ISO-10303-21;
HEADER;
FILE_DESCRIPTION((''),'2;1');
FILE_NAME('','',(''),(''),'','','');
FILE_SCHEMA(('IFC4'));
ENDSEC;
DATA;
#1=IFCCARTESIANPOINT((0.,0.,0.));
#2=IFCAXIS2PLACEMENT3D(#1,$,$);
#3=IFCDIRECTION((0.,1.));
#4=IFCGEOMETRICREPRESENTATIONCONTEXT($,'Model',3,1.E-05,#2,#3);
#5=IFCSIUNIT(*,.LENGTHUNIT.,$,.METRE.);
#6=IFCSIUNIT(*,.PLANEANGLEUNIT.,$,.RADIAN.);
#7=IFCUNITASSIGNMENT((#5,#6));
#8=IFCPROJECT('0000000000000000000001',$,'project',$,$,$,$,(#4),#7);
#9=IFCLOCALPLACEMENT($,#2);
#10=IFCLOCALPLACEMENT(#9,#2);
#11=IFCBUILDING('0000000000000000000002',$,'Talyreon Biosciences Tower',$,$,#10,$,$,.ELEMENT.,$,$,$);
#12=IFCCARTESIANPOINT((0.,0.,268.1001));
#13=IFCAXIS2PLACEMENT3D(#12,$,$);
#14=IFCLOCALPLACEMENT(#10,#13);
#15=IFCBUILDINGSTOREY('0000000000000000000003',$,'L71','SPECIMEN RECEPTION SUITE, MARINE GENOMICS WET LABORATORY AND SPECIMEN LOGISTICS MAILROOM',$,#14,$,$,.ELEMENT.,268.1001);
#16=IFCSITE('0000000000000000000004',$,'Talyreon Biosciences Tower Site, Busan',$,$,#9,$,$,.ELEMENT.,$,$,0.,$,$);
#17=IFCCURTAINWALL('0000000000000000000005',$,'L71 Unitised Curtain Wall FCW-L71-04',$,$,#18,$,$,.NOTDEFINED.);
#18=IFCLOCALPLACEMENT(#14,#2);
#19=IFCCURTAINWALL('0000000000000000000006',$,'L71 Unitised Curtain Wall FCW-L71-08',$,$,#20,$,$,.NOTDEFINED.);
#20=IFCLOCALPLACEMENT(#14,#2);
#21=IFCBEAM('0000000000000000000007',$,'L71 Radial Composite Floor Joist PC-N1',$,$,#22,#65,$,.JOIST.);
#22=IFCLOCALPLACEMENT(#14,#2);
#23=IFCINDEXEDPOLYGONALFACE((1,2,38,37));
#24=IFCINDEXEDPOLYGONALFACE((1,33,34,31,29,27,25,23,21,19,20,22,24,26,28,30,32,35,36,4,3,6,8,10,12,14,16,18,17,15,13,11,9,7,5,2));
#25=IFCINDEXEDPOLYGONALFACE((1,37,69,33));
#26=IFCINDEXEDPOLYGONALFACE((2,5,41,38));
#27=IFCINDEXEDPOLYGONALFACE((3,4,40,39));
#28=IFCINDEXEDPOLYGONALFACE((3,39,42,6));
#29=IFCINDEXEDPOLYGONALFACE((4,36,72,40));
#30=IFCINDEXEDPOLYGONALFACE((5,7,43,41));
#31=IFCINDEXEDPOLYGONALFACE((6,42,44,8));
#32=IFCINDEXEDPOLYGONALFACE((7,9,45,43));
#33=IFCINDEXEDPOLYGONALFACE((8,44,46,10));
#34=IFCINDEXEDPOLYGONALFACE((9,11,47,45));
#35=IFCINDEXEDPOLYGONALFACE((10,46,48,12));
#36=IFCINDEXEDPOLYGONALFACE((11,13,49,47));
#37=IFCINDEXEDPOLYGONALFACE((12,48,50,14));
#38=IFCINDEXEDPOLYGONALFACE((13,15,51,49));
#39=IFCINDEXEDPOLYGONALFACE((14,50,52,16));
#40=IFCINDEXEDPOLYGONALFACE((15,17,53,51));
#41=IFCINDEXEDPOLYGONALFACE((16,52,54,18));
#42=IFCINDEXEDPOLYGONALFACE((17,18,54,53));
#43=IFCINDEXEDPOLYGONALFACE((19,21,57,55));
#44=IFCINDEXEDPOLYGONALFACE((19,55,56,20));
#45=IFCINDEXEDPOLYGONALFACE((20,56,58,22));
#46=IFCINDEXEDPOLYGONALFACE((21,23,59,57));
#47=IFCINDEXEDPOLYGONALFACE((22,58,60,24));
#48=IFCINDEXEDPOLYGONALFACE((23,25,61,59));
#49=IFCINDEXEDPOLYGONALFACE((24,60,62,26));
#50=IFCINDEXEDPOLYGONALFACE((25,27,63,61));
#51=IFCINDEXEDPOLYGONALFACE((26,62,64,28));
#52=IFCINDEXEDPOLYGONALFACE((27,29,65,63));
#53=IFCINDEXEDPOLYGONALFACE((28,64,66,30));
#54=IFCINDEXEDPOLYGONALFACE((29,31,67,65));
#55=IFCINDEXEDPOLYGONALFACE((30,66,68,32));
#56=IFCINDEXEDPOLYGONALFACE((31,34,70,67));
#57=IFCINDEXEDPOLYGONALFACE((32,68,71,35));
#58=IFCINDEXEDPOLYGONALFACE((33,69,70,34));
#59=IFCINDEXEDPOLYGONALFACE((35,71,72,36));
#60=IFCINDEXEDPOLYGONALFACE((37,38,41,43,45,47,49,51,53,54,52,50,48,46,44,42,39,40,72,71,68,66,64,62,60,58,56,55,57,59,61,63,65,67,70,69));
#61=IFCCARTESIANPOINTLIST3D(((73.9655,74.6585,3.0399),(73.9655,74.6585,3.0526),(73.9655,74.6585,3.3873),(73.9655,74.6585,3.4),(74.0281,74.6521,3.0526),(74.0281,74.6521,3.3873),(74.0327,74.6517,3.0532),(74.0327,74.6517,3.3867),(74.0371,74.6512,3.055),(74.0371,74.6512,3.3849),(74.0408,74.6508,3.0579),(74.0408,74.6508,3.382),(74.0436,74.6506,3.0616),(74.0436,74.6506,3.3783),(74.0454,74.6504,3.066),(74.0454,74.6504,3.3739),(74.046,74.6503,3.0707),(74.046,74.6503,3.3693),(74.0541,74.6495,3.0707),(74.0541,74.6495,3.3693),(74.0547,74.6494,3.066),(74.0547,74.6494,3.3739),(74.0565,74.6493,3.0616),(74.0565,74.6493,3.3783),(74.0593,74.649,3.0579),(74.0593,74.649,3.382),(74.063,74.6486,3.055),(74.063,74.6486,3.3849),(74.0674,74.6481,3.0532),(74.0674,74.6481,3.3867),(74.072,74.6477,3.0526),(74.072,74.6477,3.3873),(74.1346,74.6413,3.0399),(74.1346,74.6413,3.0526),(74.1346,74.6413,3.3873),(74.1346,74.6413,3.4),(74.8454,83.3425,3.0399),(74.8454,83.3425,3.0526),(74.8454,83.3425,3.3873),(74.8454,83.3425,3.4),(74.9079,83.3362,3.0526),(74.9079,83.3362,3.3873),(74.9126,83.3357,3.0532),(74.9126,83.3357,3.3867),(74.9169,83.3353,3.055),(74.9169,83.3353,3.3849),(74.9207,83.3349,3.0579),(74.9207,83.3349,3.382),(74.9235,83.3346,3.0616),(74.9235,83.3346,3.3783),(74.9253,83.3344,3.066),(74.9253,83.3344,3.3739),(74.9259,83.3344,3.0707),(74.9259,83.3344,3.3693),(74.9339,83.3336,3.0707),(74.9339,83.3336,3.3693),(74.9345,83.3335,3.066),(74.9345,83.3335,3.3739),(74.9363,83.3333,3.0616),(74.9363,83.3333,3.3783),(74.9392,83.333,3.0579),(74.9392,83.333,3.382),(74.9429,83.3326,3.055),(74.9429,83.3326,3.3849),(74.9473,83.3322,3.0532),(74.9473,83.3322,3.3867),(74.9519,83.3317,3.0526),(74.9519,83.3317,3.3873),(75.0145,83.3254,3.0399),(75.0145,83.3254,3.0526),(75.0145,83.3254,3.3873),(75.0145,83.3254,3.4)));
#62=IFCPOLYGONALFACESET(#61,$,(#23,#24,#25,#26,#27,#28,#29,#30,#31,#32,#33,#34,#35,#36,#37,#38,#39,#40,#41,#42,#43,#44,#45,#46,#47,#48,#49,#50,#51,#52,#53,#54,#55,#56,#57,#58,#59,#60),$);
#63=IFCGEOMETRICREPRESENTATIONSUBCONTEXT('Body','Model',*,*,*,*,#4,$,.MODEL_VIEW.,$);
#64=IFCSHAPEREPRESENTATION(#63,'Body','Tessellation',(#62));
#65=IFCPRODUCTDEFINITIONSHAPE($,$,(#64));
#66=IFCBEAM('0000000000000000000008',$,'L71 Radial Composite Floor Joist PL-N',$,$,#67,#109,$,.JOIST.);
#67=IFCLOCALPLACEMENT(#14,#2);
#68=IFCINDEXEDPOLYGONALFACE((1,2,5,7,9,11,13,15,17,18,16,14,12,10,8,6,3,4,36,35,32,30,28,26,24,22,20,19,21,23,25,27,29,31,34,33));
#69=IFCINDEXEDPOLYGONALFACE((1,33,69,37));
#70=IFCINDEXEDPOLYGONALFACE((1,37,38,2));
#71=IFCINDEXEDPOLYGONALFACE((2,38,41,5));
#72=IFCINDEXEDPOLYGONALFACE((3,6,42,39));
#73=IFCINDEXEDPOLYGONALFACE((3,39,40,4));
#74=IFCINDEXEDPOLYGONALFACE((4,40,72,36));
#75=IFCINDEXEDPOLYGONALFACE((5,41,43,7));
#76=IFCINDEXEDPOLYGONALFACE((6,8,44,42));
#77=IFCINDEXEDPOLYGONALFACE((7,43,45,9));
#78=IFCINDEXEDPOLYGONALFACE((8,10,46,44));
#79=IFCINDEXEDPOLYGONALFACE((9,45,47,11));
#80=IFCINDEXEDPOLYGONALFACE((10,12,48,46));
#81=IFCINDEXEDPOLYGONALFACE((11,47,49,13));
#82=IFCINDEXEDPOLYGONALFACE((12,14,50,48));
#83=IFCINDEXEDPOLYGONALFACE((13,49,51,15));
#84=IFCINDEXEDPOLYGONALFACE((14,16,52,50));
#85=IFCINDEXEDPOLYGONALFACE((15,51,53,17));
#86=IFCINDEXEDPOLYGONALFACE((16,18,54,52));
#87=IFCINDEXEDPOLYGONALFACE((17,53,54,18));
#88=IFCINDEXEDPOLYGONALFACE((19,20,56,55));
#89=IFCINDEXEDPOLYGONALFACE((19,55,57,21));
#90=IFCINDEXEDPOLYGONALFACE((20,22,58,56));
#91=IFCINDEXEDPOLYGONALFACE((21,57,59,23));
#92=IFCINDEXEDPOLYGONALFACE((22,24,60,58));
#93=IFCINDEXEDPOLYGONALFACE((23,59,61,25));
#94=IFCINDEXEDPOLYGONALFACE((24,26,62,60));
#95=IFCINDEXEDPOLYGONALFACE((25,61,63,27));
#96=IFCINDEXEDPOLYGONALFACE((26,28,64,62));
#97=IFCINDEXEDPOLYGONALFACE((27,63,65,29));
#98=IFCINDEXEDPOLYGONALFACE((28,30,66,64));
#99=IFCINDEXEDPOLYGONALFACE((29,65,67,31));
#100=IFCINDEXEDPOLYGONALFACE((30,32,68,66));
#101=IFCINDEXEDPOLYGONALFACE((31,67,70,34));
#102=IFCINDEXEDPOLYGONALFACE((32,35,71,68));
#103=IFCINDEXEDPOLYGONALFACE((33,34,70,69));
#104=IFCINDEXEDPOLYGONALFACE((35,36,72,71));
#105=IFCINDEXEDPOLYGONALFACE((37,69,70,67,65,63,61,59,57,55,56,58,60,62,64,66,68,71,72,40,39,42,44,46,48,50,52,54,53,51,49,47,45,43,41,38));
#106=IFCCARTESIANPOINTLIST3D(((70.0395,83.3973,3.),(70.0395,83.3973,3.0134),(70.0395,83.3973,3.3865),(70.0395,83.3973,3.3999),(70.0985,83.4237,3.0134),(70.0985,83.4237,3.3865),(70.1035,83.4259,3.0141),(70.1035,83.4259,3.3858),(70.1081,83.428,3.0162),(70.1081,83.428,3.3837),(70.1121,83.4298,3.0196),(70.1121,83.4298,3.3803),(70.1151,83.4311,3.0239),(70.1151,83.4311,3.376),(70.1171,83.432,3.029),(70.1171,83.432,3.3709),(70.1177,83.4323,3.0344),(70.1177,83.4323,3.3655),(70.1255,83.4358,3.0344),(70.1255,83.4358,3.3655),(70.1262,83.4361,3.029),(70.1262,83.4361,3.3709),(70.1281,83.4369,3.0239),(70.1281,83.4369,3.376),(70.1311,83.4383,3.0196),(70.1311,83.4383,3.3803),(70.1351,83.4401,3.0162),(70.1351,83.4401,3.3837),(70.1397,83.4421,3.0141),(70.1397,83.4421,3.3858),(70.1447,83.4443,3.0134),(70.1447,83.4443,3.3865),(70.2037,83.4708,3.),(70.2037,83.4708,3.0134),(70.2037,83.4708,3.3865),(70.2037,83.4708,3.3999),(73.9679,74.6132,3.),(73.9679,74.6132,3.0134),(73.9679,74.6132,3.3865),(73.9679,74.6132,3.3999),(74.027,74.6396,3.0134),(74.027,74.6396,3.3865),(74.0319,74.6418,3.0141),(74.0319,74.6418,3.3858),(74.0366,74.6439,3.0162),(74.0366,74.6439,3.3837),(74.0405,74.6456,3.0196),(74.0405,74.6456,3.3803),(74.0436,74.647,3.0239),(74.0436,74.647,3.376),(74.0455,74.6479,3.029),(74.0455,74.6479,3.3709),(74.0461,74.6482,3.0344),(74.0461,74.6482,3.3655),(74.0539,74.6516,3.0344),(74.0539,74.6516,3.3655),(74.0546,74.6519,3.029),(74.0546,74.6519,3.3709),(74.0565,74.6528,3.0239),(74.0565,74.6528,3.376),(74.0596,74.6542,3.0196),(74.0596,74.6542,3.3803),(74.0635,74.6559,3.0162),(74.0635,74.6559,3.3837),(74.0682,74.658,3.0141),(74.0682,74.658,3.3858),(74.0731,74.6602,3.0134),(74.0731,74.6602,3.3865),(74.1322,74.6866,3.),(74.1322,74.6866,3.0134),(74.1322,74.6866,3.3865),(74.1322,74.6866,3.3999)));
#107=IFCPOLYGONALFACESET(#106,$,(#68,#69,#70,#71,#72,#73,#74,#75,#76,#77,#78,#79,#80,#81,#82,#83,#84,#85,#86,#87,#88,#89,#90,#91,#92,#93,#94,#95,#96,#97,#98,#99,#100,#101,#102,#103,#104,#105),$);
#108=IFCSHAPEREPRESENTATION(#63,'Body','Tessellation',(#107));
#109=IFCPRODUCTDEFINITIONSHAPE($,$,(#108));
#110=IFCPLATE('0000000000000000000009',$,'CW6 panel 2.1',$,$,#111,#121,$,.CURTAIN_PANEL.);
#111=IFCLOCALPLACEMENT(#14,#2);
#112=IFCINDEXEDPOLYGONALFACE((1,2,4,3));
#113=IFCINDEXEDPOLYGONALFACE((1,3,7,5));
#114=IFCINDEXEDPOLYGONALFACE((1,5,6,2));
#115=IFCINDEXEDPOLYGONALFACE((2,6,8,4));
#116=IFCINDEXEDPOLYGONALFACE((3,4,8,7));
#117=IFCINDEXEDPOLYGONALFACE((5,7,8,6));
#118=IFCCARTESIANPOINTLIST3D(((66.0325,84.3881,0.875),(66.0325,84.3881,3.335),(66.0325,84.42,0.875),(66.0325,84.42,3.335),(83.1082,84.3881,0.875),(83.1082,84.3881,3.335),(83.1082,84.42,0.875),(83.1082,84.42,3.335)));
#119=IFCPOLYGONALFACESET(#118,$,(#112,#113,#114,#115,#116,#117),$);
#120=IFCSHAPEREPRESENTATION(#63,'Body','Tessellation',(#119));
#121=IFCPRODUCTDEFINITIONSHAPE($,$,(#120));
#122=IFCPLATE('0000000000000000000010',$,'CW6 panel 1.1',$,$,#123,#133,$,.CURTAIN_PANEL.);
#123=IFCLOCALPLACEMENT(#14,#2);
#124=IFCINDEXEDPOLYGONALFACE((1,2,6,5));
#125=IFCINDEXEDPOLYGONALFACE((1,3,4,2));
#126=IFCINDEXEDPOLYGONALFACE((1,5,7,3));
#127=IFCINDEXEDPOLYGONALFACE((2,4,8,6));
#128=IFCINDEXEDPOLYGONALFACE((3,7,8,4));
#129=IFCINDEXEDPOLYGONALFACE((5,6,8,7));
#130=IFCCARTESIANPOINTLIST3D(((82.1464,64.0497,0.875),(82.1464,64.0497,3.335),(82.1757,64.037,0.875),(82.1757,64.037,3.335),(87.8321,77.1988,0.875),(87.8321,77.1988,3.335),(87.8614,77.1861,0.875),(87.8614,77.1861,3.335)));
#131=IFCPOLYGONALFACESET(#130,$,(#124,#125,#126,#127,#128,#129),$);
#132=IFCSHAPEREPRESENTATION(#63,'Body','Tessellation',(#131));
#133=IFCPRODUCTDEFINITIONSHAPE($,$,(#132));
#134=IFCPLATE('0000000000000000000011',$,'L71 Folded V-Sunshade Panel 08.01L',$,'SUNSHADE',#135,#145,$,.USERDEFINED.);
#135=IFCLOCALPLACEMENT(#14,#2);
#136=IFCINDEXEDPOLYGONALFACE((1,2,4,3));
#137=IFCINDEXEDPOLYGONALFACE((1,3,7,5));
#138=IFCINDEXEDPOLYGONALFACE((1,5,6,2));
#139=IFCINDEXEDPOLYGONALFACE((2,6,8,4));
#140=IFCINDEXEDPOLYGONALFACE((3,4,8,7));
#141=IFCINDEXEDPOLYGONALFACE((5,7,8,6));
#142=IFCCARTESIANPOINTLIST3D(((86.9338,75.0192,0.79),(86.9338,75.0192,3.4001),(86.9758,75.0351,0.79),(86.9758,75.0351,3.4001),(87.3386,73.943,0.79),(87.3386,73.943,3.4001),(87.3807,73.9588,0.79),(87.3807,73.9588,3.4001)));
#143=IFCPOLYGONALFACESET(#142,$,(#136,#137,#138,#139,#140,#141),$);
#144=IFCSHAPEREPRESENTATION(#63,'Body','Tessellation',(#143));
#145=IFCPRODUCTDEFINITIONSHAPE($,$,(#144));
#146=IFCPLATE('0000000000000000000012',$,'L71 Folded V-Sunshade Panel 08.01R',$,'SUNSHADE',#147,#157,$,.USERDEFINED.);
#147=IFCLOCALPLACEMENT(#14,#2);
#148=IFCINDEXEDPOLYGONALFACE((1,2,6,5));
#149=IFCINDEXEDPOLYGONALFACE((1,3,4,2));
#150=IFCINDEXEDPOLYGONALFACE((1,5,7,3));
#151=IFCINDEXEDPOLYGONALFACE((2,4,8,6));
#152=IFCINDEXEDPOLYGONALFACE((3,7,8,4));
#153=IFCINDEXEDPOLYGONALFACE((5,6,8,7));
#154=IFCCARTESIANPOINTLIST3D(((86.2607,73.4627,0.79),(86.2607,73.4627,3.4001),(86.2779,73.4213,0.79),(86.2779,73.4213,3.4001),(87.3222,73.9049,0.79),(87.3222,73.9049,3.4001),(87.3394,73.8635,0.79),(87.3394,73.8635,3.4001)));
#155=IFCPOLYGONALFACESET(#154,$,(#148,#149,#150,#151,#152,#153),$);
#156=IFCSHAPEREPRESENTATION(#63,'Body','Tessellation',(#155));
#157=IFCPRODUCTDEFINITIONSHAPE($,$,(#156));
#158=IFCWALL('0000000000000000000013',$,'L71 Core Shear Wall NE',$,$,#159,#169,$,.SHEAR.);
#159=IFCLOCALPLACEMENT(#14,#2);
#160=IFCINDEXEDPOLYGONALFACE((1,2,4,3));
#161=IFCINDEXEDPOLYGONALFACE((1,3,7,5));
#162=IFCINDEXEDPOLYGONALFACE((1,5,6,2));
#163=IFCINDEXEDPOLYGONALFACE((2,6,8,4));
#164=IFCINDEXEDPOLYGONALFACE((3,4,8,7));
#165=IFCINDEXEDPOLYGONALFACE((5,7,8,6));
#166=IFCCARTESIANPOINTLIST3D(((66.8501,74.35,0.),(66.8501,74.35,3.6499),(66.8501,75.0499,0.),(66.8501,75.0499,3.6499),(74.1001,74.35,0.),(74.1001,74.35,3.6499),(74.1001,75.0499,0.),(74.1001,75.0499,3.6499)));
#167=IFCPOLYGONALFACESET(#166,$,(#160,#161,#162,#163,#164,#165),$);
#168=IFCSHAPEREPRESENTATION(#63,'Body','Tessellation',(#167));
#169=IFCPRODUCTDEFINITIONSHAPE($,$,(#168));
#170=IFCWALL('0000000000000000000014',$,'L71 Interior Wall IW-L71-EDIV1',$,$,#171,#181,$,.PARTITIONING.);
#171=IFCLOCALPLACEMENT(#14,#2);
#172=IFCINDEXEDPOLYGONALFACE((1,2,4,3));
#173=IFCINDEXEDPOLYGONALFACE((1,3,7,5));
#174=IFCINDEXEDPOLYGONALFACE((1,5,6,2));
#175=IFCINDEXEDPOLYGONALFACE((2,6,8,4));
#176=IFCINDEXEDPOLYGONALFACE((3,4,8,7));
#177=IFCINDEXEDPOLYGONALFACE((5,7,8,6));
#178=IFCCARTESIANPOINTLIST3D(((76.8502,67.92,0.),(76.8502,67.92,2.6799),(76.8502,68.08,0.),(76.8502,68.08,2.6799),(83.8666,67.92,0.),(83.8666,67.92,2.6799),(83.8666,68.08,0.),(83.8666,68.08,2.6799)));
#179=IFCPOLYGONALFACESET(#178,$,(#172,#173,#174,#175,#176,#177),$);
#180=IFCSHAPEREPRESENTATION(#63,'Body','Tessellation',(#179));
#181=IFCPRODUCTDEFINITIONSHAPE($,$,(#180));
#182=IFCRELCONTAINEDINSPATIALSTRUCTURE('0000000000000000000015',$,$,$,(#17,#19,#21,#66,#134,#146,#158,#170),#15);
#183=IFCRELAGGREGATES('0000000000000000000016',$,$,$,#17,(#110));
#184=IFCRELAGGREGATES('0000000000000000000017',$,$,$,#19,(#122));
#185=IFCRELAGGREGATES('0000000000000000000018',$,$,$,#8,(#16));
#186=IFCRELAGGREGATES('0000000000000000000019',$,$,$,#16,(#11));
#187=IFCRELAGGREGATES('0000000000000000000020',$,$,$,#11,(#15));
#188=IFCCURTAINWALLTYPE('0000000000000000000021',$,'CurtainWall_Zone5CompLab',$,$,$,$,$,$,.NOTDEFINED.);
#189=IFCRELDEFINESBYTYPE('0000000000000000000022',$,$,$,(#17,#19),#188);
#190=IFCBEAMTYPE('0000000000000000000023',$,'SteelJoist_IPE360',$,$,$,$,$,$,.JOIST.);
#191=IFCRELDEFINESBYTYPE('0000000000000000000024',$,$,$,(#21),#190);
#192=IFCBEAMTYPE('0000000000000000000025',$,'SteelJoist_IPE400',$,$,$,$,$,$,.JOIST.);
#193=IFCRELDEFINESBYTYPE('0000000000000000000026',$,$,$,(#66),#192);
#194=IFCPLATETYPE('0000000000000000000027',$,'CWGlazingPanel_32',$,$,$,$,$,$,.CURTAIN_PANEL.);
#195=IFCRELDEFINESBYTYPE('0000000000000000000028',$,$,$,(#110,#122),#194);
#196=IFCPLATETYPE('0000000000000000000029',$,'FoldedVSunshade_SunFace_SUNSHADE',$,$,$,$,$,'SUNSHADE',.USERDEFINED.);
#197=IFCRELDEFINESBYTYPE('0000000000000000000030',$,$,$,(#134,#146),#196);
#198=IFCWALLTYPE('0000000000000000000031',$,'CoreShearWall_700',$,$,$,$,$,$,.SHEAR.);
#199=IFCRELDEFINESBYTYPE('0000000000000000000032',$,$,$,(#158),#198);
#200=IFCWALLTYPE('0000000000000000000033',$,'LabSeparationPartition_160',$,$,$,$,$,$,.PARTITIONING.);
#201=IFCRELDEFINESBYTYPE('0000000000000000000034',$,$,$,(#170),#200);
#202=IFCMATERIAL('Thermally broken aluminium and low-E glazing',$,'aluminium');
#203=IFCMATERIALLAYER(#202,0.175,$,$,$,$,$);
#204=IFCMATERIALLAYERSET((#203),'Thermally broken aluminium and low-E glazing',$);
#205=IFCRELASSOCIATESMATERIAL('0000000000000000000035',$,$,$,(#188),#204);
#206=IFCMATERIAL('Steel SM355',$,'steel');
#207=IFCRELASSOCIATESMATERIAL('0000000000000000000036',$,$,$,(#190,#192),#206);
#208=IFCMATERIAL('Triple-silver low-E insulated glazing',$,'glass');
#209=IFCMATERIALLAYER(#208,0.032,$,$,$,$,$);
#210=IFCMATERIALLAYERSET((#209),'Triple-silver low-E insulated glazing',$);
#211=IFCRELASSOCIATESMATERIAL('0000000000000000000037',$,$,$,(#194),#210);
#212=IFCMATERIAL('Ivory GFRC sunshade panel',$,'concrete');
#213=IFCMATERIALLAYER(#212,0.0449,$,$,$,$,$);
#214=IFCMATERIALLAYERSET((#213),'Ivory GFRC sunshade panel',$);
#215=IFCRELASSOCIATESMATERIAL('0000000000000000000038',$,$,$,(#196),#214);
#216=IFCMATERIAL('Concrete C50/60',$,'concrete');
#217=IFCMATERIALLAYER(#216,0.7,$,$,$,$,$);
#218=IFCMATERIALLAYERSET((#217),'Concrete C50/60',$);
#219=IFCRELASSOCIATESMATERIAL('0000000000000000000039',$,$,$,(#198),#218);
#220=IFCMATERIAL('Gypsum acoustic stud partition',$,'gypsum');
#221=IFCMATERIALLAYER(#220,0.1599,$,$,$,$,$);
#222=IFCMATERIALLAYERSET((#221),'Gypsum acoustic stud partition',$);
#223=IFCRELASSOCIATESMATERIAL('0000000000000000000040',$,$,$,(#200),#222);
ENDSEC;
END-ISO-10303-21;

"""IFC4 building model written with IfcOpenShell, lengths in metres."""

from ifc_helpers import new_model, si_unit, direction, frame, frame_2d, origin, origin_2d, place, context, subcontext, project, spatial, rectangle, i_section, extrude, material, layer, layer_set, material_profile, profile_set, type_object, element, aggregate, save


model = new_model("IFC4")

# Units and contexts
model_context = context("Model", 3, precision=1e-05, world=origin(), true_north=direction((0.0, 1.0)))
body_context = subcontext(model_context, "Body", "Model", "MODEL_VIEW")
ifc_project = project(units=[si_unit("LENGTHUNIT", "METRE"), si_unit("PLANEANGLEUNIT", "RADIAN")], contexts=[model_context])

# Site, building, storey
site_placement = place(None, origin())
site = spatial("IfcSite", under=ifc_project, at=site_placement, Name="Talyreon Biosciences Tower Site, Busan", CompositionType="ELEMENT", RefElevation=0.0)
building_placement = place(site_placement, origin())
building = spatial("IfcBuilding", under=site, at=building_placement, Name="Talyreon Biosciences Tower", CompositionType="ELEMENT")
storey_placement = place(building_placement, frame((0.0, 0.0, 268.1001)))
storey = spatial("IfcBuildingStorey", under=building, at=storey_placement, Name="L71", Description="SPECIMEN RECEPTION SUITE, MARINE GENOMICS WET LABORATORY AND SPECIMEN LOGISTICS MAILROOM", CompositionType="ELEMENT", Elevation=268.1001)

# Shared definitions
ifc_material_1 = material(Name="Concrete C50/60", Category="concrete")

# Curtain wall
ifc_material_2 = material(Name="Thermally broken aluminium and low-E glazing", Category="aluminium")
ifc_layer_1 = layer(ifc_material_2, 0.175)
ifc_layer_set_1 = layer_set([ifc_layer_1], Name="Thermally broken aluminium and low-E glazing")
curtain_wall_type = type_object("IfcCurtainWallType", Name="CurtainWall_Zone5CompLab", PredefinedType="NOTDEFINED", material=ifc_layer_set_1)
curtain_wall_1_placement = place(storey_placement, origin())
curtain_wall_1 = element("IfcCurtainWall", 1, at=curtain_wall_1_placement, inside=storey, type_object=curtain_wall_type, Name="L71 Unitised Curtain Wall FCW-L71-04", PredefinedType="NOTDEFINED")

# Curtain wall
curtain_wall_2_placement = place(storey_placement, origin())
curtain_wall_2 = element("IfcCurtainWall", 2, at=curtain_wall_2_placement, inside=storey, type_object=curtain_wall_type, Name="L71 Unitised Curtain Wall FCW-L71-08", PredefinedType="NOTDEFINED")

# Beams
ifc_material_3 = material(Name="Steel SM355", Category="steel")
ifc_material_profile_1 = material_profile(ifc_material_3, i_section(OverallWidth=0.1699, OverallDepth=0.3601, WebThickness=0.0081, FlangeThickness=0.0127, FilletRadius=0.0181, at=origin_2d()), Name="IPE360")
ifc_profile_set_1 = profile_set([ifc_material_profile_1], Name="Steel SM355")
beam_type_1 = type_object("IfcBeamType", Name="SteelJoist_IPE360", PredefinedType="JOIST", material=ifc_profile_set_1)
beam_1_placement = place(storey_placement, frame((74.05, 74.6499, 3.22), z_axis=(0.100805, 0.994906, 0.0), x_axis=(-0.994906, 0.100805, 0.0)))
element("IfcBeam", 3, at=beam_1_placement, inside=storey, type_object=beam_type_1, Name="L71 Radial Composite Floor Joist PC-N1", PredefinedType="JOIST", context=body_context, shape_type="SweptSolid", body=[
    extrude(i_section(OverallWidth=0.1699, OverallDepth=0.3601, WebThickness=0.0081, FlangeThickness=0.0127, FilletRadius=0.0181, at=origin_2d()), origin(), (0.0, 0.0, 1.0), 8.7285),
])
ifc_material_profile_2 = material_profile(ifc_material_3, i_section(OverallWidth=0.1799, OverallDepth=0.3999, WebThickness=0.0085, FlangeThickness=0.0134, FilletRadius=0.021, at=origin_2d()), Name="IPE400")
ifc_profile_set_2 = profile_set([ifc_material_profile_2], Name="Steel SM355")
beam_type_2 = type_object("IfcBeamType", Name="SteelJoist_IPE400", PredefinedType="JOIST", material=ifc_profile_set_2)
beam_2_placement = place(storey_placement, frame((74.05, 74.6499, 3.2), z_axis=(-0.408254, 0.912869, 0.0), x_axis=(-0.912869, -0.408254, 0.0)))
element("IfcBeam", 4, at=beam_2_placement, inside=storey, type_object=beam_type_2, Name="L71 Radial Composite Floor Joist PL-N", PredefinedType="JOIST", context=body_context, shape_type="SweptSolid", body=[
    extrude(i_section(OverallWidth=0.1799, OverallDepth=0.3999, WebThickness=0.0085, FlangeThickness=0.0134, FilletRadius=0.021, at=origin_2d()), origin(), (0.0, 0.0, 1.0), 9.6226),
])

# Plates
ifc_material_4 = material(Name="Triple-silver low-E insulated glazing", Category="glass")
ifc_layer_2 = layer(ifc_material_4, 0.032)
ifc_layer_set_2 = layer_set([ifc_layer_2], Name="Triple-silver low-E insulated glazing")
plate_type_1 = type_object("IfcPlateType", Name="CWGlazingPanel_32", PredefinedType="CURTAIN_PANEL", material=ifc_layer_set_2)
plate_1_placement = place(storey_placement, frame((74.5703, 84.4041, 0.875), z_axis=(0.0, 0.0, 1.0), x_axis=(1.0, 0.0, 0.0)))
plate_1 = element("IfcPlate", 5, at=plate_1_placement, type_object=plate_type_1, Name="CW6 panel 2.1", PredefinedType="CURTAIN_PANEL", context=body_context, shape_type="SweptSolid", body=[
    extrude(rectangle(XDim=17.0757, YDim=0.032, at=origin_2d()), origin(), (0.0, 0.0, 1.0), 2.46),
])
aggregate(curtain_wall_1, [plate_1])
plate_2_placement = place(storey_placement, frame((85.0039, 70.6179, 0.875), z_axis=(0.0, 0.0, 1.0), x_axis=(-0.396887, -0.917868, 0.0)))
plate_2 = element("IfcPlate", 6, at=plate_2_placement, type_object=plate_type_1, Name="CW6 panel 1.1", PredefinedType="CURTAIN_PANEL", context=body_context, shape_type="SweptSolid", body=[
    extrude(rectangle(XDim=14.3257, YDim=0.032, at=origin_2d()), origin(), (0.0, 0.0, 1.0), 2.46),
])
aggregate(curtain_wall_2, [plate_2])

# Plates
ifc_material_5 = material(Name="Ivory GFRC sunshade panel", Category="concrete")
ifc_layer_3 = layer(ifc_material_5, 0.0449)
ifc_layer_set_3 = layer_set([ifc_layer_3], Name="Ivory GFRC sunshade panel")
plate_type_2 = type_object("IfcPlateType", Name="FoldedVSunshade_SunFace_SUNSHADE", ElementType="SUNSHADE", PredefinedType="USERDEFINED", material=ifc_layer_set_3)
for number, where, z_axis, x_axis, name in (
    (7, (87.1572, 74.489, 0.79), (0.0, 0.0, 1.0), (0.352103, -0.935961, 0.0), "L71 Folded V-Sunshade Panel 08.01L"),
    (8, (86.8, 73.6631, 0.79), (0.0, 0.0, 1.0), (-0.923103, -0.384553, 0.0), "L71 Folded V-Sunshade Panel 08.01R"),
):
    element("IfcPlate", number, at=place(storey_placement, frame(where, z_axis=z_axis, x_axis=x_axis)), inside=storey, type_object=plate_type_2, Name=name, ObjectType="SUNSHADE", PredefinedType="USERDEFINED", context=body_context, shape_type="SweptSolid", body=[
        extrude(rectangle(XDim=1.1499, YDim=0.0449, at=origin_2d()), origin(), (0.0, 0.0, 1.0), 2.6101),
    ])

# Walls
ifc_layer_4 = layer(ifc_material_1, 0.7)
ifc_layer_set_4 = layer_set([ifc_layer_4], Name="Concrete C50/60")
wall_type_1 = type_object("IfcWallType", Name="CoreShearWall_700", PredefinedType="SHEAR", material=ifc_layer_set_4)
wall_1_placement = place(storey_placement, frame((74.1001, 74.7, 0.0), z_axis=(0.0, 0.0, 1.0), x_axis=(-1.0, 0.0, 0.0)))
element("IfcWall", 9, at=wall_1_placement, inside=storey, type_object=wall_type_1, Name="L71 Core Shear Wall NE", PredefinedType="SHEAR", context=body_context, shape_type="SweptSolid", body=[
    extrude(rectangle(XDim=7.25, YDim=0.7, at=frame_2d((3.625, 0.0))), origin(), (0.0, 0.0, 1.0), 3.6499),
])
ifc_material_6 = material(Name="Gypsum acoustic stud partition", Category="gypsum")
ifc_layer_5 = layer(ifc_material_6, 0.1599)
ifc_layer_set_5 = layer_set([ifc_layer_5], Name="Gypsum acoustic stud partition")
wall_type_2 = type_object("IfcWallType", Name="LabSeparationPartition_160", PredefinedType="PARTITIONING", material=ifc_layer_set_5)
wall_2_placement = place(storey_placement, frame((76.8501, 68.0, 0.0), z_axis=(0.0, 0.0, 1.0), x_axis=(1.0, 0.0, 0.0)))
element("IfcWall", 10, at=wall_2_placement, inside=storey, type_object=wall_type_2, Name="L71 Interior Wall IW-L71-EDIV1", PredefinedType="PARTITIONING", context=body_context, shape_type="SweptSolid", body=[
    extrude(rectangle(XDim=7.0164, YDim=0.1599, at=frame_2d((3.5083, 0.0))), origin(), (0.0, 0.0, 1.0), 2.6799),
])

save(model, "model.ifc")
